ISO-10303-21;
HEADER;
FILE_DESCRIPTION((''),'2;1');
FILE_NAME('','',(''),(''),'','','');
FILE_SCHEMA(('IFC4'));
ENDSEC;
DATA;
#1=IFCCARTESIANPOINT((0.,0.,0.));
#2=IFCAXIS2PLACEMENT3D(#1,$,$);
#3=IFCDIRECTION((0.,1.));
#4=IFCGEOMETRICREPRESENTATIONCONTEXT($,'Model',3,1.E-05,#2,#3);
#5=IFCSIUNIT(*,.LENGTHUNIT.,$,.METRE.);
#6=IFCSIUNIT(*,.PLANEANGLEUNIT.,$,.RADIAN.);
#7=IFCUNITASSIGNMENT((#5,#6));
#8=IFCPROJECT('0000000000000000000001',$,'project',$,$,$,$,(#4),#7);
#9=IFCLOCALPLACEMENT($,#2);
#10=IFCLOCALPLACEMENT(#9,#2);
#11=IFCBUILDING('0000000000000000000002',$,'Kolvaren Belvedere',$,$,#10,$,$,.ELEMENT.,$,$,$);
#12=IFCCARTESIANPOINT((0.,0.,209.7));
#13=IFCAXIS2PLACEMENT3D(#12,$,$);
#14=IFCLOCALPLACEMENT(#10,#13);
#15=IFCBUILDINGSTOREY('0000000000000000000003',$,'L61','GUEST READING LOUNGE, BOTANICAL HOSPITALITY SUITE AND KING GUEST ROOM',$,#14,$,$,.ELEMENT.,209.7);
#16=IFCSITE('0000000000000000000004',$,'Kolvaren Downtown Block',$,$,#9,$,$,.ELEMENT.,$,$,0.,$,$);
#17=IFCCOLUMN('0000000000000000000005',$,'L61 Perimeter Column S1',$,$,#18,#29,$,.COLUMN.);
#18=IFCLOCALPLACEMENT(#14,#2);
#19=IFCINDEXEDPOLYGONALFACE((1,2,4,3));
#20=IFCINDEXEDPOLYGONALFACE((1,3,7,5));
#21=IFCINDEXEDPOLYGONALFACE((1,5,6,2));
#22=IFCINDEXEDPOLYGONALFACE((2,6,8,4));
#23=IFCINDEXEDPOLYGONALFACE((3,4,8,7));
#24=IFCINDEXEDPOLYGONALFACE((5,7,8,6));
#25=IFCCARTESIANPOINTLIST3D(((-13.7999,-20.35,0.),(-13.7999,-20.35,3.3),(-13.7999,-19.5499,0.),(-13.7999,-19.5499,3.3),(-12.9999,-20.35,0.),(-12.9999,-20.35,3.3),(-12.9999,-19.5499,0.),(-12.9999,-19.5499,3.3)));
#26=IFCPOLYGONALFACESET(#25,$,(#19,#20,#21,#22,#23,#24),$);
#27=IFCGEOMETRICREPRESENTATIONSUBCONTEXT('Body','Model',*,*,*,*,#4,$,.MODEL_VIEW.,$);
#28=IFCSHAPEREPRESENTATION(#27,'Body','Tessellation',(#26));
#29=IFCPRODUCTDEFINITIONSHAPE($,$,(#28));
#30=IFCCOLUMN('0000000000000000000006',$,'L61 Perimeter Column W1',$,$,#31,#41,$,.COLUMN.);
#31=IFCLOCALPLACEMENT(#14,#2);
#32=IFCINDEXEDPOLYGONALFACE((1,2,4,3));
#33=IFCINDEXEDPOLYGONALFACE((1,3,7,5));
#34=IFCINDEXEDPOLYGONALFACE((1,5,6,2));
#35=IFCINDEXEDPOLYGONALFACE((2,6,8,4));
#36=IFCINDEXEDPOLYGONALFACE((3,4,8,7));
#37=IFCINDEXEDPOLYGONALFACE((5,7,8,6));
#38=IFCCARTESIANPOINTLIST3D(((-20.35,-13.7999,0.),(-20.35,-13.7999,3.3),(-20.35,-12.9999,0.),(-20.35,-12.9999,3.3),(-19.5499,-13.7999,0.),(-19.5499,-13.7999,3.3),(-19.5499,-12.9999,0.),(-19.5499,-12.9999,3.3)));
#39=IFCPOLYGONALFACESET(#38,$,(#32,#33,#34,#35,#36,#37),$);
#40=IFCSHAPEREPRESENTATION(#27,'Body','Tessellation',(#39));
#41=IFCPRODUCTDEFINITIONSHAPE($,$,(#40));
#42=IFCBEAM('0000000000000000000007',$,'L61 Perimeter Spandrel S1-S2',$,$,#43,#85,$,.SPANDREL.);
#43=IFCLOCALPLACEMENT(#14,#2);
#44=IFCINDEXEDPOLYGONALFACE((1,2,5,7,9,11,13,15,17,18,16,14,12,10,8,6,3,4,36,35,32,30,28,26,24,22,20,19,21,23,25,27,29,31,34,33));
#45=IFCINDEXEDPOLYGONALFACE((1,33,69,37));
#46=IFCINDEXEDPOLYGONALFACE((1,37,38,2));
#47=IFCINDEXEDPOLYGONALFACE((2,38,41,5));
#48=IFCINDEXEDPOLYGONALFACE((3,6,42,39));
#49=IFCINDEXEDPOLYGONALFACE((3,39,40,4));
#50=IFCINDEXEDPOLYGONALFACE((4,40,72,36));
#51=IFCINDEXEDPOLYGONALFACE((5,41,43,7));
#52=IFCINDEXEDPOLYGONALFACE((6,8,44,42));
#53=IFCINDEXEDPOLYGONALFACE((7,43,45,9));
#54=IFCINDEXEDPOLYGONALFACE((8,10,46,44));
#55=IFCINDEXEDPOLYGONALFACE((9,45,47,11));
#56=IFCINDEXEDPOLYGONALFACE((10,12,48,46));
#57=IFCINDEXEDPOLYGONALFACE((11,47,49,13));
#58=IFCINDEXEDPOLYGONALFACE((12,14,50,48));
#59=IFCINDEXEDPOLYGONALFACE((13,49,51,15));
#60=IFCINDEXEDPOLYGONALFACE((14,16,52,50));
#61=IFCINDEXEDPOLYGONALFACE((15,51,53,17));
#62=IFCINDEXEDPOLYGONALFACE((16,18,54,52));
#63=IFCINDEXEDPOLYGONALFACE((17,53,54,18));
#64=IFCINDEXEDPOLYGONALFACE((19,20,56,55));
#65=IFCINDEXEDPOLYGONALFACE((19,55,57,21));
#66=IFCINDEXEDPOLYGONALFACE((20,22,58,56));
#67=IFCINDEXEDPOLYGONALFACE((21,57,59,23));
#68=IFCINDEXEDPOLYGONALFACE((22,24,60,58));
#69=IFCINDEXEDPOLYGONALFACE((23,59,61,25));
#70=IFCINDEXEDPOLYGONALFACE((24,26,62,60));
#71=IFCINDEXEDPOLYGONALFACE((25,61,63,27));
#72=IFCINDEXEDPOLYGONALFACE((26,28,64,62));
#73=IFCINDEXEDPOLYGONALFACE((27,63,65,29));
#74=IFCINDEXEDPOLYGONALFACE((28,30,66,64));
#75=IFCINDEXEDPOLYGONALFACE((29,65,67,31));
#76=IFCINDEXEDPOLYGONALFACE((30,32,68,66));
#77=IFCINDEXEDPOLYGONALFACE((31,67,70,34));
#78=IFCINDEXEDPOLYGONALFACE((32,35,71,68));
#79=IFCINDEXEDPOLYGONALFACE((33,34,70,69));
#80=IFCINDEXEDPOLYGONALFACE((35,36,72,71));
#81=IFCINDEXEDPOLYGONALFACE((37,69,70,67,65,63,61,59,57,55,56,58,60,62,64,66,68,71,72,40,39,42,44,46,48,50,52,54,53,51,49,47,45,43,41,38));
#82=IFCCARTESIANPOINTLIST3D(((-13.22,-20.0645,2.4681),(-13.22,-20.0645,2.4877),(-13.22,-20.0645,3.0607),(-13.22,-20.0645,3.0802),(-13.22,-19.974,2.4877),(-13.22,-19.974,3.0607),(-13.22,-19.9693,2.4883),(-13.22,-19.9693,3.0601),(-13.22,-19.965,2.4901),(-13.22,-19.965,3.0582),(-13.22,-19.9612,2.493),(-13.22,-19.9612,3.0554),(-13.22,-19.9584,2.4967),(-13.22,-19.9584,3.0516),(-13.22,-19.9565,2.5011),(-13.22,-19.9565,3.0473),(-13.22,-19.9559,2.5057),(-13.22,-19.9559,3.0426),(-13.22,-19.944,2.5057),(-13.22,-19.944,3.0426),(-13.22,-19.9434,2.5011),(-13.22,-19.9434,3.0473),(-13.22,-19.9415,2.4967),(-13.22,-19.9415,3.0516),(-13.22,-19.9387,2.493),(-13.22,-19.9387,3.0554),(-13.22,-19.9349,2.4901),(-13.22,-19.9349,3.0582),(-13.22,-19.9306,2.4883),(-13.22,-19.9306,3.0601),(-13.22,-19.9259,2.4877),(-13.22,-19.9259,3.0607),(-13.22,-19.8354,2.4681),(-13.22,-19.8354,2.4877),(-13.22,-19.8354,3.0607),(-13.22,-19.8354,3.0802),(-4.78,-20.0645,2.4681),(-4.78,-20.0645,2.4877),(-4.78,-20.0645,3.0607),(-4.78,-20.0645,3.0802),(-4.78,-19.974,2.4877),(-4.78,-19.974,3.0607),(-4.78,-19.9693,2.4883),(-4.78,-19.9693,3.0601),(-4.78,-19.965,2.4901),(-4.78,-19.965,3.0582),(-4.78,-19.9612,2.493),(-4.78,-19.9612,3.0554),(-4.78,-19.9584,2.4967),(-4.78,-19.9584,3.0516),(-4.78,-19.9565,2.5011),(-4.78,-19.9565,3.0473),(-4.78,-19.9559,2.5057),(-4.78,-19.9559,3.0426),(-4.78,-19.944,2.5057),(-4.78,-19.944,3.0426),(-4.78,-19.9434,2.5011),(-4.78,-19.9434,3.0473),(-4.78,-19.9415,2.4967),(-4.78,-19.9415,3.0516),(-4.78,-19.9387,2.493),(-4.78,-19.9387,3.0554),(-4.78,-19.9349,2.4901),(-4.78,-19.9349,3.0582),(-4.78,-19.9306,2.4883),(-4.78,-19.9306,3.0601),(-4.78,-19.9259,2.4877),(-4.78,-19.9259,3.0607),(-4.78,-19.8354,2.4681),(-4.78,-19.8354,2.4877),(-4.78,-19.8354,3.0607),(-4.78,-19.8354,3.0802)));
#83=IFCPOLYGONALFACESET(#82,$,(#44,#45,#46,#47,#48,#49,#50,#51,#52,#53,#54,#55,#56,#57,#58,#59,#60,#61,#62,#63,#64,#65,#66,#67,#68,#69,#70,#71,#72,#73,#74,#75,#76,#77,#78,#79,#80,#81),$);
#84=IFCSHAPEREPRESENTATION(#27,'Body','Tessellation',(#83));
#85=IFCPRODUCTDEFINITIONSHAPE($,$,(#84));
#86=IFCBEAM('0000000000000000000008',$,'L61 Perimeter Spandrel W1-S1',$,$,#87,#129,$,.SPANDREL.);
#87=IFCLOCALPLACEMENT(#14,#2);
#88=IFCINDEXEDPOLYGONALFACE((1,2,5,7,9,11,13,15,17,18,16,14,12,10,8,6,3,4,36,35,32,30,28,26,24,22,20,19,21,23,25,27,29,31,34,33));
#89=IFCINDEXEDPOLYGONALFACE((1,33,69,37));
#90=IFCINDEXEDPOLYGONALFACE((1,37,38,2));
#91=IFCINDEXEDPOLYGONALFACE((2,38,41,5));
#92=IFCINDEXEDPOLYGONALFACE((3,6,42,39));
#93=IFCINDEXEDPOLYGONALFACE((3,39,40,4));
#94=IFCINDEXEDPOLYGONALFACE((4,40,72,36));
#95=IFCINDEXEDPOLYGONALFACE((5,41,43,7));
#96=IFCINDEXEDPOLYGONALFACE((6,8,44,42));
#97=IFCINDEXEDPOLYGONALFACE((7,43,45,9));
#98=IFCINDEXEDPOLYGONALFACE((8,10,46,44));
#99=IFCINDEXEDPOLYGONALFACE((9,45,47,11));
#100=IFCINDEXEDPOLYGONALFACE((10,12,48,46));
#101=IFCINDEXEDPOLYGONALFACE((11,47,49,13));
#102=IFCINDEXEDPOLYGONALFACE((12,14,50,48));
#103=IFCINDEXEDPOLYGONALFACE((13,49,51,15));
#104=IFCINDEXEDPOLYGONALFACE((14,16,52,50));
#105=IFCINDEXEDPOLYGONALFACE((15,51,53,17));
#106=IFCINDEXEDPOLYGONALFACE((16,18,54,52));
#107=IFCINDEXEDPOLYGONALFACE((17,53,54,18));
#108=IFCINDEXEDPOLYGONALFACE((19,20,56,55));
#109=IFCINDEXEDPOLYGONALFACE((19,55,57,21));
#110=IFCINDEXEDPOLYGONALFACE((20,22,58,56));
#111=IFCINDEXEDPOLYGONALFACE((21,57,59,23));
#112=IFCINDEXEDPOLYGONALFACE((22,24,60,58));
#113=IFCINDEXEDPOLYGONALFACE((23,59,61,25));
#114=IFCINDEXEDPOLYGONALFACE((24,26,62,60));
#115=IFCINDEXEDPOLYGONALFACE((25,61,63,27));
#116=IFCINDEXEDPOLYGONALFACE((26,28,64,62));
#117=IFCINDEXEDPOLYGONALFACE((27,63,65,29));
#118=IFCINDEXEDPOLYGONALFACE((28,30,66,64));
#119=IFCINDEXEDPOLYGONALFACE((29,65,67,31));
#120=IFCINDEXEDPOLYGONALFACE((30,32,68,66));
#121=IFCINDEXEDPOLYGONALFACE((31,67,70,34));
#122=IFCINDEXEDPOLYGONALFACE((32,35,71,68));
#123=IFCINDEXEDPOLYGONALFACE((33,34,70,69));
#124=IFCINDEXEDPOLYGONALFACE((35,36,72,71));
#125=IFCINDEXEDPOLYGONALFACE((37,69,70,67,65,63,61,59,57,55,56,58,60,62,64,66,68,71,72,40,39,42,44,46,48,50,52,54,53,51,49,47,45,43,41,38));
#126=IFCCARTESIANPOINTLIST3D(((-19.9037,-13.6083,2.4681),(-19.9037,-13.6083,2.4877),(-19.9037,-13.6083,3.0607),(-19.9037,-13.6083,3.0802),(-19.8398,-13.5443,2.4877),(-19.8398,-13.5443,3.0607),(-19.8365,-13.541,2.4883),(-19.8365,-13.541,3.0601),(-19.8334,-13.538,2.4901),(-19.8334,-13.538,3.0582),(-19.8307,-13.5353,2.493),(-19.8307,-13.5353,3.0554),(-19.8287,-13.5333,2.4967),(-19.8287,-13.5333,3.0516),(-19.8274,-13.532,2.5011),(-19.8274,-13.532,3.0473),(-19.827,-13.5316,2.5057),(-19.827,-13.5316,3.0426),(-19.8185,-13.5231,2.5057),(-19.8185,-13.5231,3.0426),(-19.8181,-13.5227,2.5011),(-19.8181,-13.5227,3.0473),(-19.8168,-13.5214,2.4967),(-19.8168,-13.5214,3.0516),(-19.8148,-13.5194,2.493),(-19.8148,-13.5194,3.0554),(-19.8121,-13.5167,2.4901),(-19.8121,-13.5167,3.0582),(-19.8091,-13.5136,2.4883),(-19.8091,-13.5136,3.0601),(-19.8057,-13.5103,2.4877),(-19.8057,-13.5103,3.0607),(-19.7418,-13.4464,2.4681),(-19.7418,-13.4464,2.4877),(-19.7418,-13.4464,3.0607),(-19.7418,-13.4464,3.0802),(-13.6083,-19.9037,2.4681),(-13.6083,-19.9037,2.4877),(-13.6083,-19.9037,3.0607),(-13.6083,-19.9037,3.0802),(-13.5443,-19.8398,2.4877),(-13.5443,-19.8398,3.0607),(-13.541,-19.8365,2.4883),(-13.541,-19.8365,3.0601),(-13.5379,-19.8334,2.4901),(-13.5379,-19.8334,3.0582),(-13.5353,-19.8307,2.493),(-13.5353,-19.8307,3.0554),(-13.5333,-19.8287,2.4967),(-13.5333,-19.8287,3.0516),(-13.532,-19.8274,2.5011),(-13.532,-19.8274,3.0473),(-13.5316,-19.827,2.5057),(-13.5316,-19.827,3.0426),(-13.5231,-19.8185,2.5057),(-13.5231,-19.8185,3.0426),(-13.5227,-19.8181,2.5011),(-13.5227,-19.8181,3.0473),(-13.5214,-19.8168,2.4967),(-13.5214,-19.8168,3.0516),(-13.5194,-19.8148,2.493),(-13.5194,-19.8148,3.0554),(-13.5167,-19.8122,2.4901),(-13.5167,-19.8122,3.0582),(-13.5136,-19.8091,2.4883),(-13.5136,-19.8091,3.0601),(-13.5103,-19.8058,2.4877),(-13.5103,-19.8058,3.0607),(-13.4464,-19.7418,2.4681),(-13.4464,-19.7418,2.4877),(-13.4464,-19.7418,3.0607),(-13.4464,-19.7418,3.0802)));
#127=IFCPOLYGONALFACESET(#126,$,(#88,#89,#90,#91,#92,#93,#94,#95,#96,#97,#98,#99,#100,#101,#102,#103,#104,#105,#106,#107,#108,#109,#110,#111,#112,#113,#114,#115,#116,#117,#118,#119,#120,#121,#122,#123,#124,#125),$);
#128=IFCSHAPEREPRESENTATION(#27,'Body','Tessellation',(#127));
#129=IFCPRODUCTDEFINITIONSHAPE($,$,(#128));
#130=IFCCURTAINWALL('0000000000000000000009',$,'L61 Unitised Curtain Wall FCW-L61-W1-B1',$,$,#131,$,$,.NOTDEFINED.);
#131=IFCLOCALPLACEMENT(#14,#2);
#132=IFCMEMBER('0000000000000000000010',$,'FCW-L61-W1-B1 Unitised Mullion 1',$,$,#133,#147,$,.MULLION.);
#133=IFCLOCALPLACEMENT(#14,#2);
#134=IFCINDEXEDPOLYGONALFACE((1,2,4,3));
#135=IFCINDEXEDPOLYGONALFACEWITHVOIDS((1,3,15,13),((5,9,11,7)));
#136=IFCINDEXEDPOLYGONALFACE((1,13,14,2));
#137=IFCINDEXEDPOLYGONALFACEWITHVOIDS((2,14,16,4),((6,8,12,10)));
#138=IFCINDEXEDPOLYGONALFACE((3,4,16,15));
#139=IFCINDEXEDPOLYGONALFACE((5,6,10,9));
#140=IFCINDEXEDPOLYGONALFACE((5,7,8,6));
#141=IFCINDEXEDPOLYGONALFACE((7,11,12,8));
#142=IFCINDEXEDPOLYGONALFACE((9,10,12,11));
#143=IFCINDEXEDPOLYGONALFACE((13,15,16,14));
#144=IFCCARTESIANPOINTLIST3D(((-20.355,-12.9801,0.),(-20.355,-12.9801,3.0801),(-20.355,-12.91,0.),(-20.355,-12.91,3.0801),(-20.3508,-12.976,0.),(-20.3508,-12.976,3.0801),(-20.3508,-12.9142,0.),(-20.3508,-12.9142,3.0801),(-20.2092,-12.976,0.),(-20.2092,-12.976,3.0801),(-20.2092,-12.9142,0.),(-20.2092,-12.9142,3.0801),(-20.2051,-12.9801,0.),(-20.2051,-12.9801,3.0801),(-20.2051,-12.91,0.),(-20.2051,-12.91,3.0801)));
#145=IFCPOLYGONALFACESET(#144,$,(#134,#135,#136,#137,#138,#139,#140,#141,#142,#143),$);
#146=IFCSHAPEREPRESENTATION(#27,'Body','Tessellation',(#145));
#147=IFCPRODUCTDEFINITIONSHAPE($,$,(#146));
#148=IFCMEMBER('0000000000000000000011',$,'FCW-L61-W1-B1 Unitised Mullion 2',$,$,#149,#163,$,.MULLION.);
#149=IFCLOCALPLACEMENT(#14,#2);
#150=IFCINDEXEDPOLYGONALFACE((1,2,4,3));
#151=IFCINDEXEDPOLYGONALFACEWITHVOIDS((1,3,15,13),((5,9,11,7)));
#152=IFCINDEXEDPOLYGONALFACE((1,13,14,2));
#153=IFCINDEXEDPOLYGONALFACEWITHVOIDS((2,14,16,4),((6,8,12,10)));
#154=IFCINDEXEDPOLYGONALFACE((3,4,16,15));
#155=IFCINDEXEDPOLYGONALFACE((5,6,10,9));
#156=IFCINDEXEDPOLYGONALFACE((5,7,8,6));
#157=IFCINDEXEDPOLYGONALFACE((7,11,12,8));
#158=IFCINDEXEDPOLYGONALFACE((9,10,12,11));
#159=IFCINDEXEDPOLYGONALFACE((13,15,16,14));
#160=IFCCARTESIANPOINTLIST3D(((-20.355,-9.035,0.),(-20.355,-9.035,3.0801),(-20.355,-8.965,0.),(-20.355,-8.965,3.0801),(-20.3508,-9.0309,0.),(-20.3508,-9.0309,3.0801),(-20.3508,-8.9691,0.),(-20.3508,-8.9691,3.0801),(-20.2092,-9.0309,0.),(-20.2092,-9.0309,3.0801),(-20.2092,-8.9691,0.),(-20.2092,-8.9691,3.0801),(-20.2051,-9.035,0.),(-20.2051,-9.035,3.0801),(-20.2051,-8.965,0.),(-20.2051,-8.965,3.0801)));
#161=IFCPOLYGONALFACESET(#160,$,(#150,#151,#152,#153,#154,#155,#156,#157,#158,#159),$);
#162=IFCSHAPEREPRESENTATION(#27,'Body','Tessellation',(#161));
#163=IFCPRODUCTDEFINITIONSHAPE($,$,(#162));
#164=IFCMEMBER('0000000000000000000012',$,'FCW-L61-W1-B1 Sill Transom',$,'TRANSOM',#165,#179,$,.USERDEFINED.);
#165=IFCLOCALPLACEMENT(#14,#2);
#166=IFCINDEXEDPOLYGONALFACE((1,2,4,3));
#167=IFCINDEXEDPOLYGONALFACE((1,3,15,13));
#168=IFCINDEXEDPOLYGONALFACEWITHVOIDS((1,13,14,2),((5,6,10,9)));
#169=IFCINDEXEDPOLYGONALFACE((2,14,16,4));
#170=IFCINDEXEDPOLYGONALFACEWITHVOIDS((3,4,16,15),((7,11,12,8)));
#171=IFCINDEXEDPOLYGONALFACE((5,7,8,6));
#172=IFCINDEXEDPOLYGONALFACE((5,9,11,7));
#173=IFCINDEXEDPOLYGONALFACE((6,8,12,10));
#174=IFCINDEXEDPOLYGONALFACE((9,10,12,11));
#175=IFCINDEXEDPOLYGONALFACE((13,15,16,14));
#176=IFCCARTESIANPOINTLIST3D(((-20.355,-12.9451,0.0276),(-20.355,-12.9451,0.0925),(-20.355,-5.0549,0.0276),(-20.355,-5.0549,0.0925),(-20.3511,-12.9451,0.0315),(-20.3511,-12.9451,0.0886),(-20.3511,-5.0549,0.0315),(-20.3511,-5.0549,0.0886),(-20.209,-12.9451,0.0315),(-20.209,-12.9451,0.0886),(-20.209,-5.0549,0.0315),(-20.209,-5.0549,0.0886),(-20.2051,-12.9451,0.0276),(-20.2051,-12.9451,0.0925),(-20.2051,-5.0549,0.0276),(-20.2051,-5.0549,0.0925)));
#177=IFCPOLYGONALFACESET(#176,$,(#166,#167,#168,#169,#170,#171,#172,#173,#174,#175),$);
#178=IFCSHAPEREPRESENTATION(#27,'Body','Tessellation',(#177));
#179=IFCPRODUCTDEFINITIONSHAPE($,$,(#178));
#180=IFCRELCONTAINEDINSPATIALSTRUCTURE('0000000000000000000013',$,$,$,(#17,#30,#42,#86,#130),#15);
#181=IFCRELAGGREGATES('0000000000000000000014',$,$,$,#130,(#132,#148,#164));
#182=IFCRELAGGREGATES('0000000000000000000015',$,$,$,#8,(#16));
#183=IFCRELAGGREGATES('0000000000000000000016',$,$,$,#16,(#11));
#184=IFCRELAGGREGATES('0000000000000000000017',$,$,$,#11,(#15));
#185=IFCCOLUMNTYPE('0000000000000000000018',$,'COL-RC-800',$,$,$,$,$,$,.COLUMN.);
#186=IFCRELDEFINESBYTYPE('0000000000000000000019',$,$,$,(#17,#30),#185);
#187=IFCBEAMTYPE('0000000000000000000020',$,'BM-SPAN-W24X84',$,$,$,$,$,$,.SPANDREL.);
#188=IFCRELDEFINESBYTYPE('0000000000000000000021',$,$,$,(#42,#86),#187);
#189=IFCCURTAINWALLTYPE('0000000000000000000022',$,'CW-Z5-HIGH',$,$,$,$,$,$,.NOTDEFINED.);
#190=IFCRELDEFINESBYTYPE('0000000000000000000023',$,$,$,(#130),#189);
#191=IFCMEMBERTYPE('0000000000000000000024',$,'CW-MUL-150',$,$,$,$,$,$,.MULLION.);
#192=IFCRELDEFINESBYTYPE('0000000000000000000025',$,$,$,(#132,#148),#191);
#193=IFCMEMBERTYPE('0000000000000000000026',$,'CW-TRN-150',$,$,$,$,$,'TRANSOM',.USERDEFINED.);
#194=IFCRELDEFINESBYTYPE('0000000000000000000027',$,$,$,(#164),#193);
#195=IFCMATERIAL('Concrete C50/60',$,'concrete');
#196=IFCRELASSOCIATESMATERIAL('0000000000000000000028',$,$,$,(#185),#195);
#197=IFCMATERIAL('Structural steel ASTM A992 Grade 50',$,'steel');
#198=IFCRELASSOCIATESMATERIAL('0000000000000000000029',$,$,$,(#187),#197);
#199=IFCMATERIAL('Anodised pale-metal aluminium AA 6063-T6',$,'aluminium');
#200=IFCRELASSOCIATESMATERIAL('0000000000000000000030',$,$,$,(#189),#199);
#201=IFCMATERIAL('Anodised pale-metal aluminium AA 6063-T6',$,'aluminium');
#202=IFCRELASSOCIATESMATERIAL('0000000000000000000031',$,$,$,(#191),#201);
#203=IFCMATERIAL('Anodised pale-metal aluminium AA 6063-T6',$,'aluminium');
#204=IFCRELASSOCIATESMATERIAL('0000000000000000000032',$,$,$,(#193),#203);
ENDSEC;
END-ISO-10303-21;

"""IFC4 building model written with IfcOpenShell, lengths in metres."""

from ifc_helpers import new_model, si_unit, direction, frame, origin, origin_2d, place, context, subcontext, project, spatial, rectangle, hollow_rectangle, i_section, extrude, material, material_profile, profile_set, type_object, element, aggregate, save


model = new_model("IFC4")

# Units and contexts
model_context = context("Model", 3, precision=1e-05, world=origin(), true_north=direction((0.0, 1.0)))
body_context = subcontext(model_context, "Body", "Model", "MODEL_VIEW")
ifc_project = project(units=[si_unit("LENGTHUNIT", "METRE"), si_unit("PLANEANGLEUNIT", "RADIAN")], contexts=[model_context])

# Site, building, storey
site_placement = place(None, origin())
site = spatial("IfcSite", under=ifc_project, at=site_placement, Name="Kolvaren Downtown Block", CompositionType="ELEMENT", RefElevation=0.0)
building_placement = place(site_placement, origin())
building = spatial("IfcBuilding", under=site, at=building_placement, Name="Kolvaren Belvedere", CompositionType="ELEMENT")
storey_placement = place(building_placement, frame((0.0, 0.0, 209.7)))
storey = spatial("IfcBuildingStorey", under=building, at=storey_placement, Name="L61", Description="GUEST READING LOUNGE, BOTANICAL HOSPITALITY SUITE AND KING GUEST ROOM", CompositionType="ELEMENT", Elevation=209.7)

# Columns
ifc_material_1 = material(Name="Concrete C50/60", Category="concrete")
ifc_material_profile_1 = material_profile(ifc_material_1, rectangle(XDim=0.8, YDim=0.8, at=origin_2d()), Name="RC 800X800")
ifc_profile_set_1 = profile_set([ifc_material_profile_1], Name="Concrete C50/60")
column_type = type_object("IfcColumnType", Name="COL-RC-800", PredefinedType="COLUMN", material=ifc_profile_set_1)
for number, where, z_axis, x_axis, name in (
    (1, (-13.3999, -19.95, 0.0), (0.0, 0.0, 1.0), (1.0, 0.0, 0.0), "L61 Perimeter Column S1"),
    (2, (-19.95, -13.3999, 0.0), (0.0, 0.0, 1.0), (1.0, 0.0, 0.0), "L61 Perimeter Column W1"),
):
    element("IfcColumn", number, at=place(storey_placement, frame(where, z_axis=z_axis, x_axis=x_axis)), inside=storey, type_object=column_type, Name=name, PredefinedType="COLUMN", context=body_context, shape_type="SweptSolid", body=[
        extrude(rectangle(XDim=0.8, YDim=0.8, at=origin_2d()), origin(), (0.0, 0.0, 1.0), 3.3),
    ])

# Beams
ifc_material_2 = material(Name="Structural steel ASTM A992 Grade 50", Category="steel")
ifc_material_profile_2 = material_profile(ifc_material_2, i_section(OverallWidth=0.229, OverallDepth=0.6121, WebThickness=0.012, FlangeThickness=0.0195, FilletRadius=0.0181, at=origin_2d()), Name="W24X84")
ifc_profile_set_2 = profile_set([ifc_material_profile_2], Name="Structural steel ASTM A992 Grade 50")
beam_type = type_object("IfcBeamType", Name="BM-SPAN-W24X84", PredefinedType="SPANDREL", material=ifc_profile_set_2)
beam_1_placement = place(storey_placement, frame((-13.22, -19.95, 2.7742), z_axis=(1.0, 0.0, 0.0), x_axis=(0.0, 1.0, 0.0)))
element("IfcBeam", 3, at=beam_1_placement, inside=storey, type_object=beam_type, Name="L61 Perimeter Spandrel S1-S2", PredefinedType="SPANDREL", context=body_context, shape_type="SweptSolid", body=[
    extrude(i_section(OverallWidth=0.229, OverallDepth=0.6121, WebThickness=0.012, FlangeThickness=0.0195, FilletRadius=0.0181, at=origin_2d()), origin(), (0.0, 0.0, 1.0), 8.4399),
])
beam_2_placement = place(storey_placement, frame((-19.8228, -13.5273, 2.7742), z_axis=(0.707107, -0.707107, 0.0), x_axis=(0.707107, 0.707107, 0.0)))
element("IfcBeam", 4, at=beam_2_placement, inside=storey, type_object=beam_type, Name="L61 Perimeter Spandrel W1-S1", PredefinedType="SPANDREL", context=body_context, shape_type="SweptSolid", body=[
    extrude(i_section(OverallWidth=0.229, OverallDepth=0.6121, WebThickness=0.012, FlangeThickness=0.0195, FilletRadius=0.0181, at=origin_2d()), origin(), (0.0, 0.0, 1.0), 8.9031),
])

# Curtain wall, members
ifc_material_3 = material(Name="Anodised pale-metal aluminium AA 6063-T6", Category="aluminium")
curtain_wall_type = type_object("IfcCurtainWallType", Name="CW-Z5-HIGH", PredefinedType="NOTDEFINED", material=ifc_material_3)
curtain_wall_placement = place(storey_placement, origin())
curtain_wall = element("IfcCurtainWall", 5, at=curtain_wall_placement, inside=storey, type_object=curtain_wall_type, Name="L61 Unitised Curtain Wall FCW-L61-W1-B1", PredefinedType="NOTDEFINED")
ifc_material_4 = material(Name="Anodised pale-metal aluminium AA 6063-T6", Category="aluminium")
ifc_material_profile_3 = material_profile(ifc_material_4, hollow_rectangle(XDim=0.0701, YDim=0.1499, WallThickness=0.0042, at=origin_2d()), Name="ALU-MUL-150X70")
ifc_profile_set_3 = profile_set([ifc_material_profile_3], Name="Anodised pale-metal aluminium AA 6063-T6")
member_type_1 = type_object("IfcMemberType", Name="CW-MUL-150", PredefinedType="MULLION", material=ifc_profile_set_3)
member_1_placement = place(storey_placement, frame((-20.28, -12.9451, 0.0), z_axis=(0.0, 0.0, 1.0), x_axis=(0.0, 1.0, 0.0)))
member_1 = element("IfcMember", 6, at=member_1_placement, type_object=member_type_1, Name="FCW-L61-W1-B1 Unitised Mullion 1", PredefinedType="MULLION", context=body_context, shape_type="SweptSolid", body=[
    extrude(hollow_rectangle(XDim=0.0701, YDim=0.1499, WallThickness=0.0042, at=origin_2d()), origin(), (0.0, 0.0, 1.0), 3.0801),
])
member_2_placement = place(storey_placement, frame((-20.28, -9.0, 0.0), z_axis=(0.0, 0.0, 1.0), x_axis=(0.0, 1.0, 0.0)))
member_2 = element("IfcMember", 7, at=member_2_placement, type_object=member_type_1, Name="FCW-L61-W1-B1 Unitised Mullion 2", PredefinedType="MULLION", context=body_context, shape_type="SweptSolid", body=[
    extrude(hollow_rectangle(XDim=0.0701, YDim=0.1499, WallThickness=0.0042, at=origin_2d()), origin(), (0.0, 0.0, 1.0), 3.0801),
])
ifc_material_5 = material(Name="Anodised pale-metal aluminium AA 6063-T6", Category="aluminium")
ifc_material_profile_4 = material_profile(ifc_material_5, hollow_rectangle(XDim=0.0649, YDim=0.1499, WallThickness=0.0039, at=origin_2d()), Name="ALU-TRN-150X65")
ifc_profile_set_4 = profile_set([ifc_material_profile_4], Name="Anodised pale-metal aluminium AA 6063-T6")
member_type_2 = type_object("IfcMemberType", Name="CW-TRN-150", ElementType="TRANSOM", PredefinedType="USERDEFINED", material=ifc_profile_set_4)
member_3_placement = place(storey_placement, frame((-20.28, -12.9451, 0.0601), z_axis=(0.0, 1.0, 0.0), x_axis=(0.0, 0.0, 1.0)))
member_3 = element("IfcMember", 8, at=member_3_placement, type_object=member_type_2, Name="FCW-L61-W1-B1 Sill Transom", ObjectType="TRANSOM", PredefinedType="USERDEFINED", context=body_context, shape_type="SweptSolid", body=[
    extrude(hollow_rectangle(XDim=0.0649, YDim=0.1499, WallThickness=0.0039, at=origin_2d()), origin(), (0.0, 0.0, 1.0), 7.8901),
])
aggregate(curtain_wall, [member_1, member_2, member_3])

save(model, "model.ifc")
